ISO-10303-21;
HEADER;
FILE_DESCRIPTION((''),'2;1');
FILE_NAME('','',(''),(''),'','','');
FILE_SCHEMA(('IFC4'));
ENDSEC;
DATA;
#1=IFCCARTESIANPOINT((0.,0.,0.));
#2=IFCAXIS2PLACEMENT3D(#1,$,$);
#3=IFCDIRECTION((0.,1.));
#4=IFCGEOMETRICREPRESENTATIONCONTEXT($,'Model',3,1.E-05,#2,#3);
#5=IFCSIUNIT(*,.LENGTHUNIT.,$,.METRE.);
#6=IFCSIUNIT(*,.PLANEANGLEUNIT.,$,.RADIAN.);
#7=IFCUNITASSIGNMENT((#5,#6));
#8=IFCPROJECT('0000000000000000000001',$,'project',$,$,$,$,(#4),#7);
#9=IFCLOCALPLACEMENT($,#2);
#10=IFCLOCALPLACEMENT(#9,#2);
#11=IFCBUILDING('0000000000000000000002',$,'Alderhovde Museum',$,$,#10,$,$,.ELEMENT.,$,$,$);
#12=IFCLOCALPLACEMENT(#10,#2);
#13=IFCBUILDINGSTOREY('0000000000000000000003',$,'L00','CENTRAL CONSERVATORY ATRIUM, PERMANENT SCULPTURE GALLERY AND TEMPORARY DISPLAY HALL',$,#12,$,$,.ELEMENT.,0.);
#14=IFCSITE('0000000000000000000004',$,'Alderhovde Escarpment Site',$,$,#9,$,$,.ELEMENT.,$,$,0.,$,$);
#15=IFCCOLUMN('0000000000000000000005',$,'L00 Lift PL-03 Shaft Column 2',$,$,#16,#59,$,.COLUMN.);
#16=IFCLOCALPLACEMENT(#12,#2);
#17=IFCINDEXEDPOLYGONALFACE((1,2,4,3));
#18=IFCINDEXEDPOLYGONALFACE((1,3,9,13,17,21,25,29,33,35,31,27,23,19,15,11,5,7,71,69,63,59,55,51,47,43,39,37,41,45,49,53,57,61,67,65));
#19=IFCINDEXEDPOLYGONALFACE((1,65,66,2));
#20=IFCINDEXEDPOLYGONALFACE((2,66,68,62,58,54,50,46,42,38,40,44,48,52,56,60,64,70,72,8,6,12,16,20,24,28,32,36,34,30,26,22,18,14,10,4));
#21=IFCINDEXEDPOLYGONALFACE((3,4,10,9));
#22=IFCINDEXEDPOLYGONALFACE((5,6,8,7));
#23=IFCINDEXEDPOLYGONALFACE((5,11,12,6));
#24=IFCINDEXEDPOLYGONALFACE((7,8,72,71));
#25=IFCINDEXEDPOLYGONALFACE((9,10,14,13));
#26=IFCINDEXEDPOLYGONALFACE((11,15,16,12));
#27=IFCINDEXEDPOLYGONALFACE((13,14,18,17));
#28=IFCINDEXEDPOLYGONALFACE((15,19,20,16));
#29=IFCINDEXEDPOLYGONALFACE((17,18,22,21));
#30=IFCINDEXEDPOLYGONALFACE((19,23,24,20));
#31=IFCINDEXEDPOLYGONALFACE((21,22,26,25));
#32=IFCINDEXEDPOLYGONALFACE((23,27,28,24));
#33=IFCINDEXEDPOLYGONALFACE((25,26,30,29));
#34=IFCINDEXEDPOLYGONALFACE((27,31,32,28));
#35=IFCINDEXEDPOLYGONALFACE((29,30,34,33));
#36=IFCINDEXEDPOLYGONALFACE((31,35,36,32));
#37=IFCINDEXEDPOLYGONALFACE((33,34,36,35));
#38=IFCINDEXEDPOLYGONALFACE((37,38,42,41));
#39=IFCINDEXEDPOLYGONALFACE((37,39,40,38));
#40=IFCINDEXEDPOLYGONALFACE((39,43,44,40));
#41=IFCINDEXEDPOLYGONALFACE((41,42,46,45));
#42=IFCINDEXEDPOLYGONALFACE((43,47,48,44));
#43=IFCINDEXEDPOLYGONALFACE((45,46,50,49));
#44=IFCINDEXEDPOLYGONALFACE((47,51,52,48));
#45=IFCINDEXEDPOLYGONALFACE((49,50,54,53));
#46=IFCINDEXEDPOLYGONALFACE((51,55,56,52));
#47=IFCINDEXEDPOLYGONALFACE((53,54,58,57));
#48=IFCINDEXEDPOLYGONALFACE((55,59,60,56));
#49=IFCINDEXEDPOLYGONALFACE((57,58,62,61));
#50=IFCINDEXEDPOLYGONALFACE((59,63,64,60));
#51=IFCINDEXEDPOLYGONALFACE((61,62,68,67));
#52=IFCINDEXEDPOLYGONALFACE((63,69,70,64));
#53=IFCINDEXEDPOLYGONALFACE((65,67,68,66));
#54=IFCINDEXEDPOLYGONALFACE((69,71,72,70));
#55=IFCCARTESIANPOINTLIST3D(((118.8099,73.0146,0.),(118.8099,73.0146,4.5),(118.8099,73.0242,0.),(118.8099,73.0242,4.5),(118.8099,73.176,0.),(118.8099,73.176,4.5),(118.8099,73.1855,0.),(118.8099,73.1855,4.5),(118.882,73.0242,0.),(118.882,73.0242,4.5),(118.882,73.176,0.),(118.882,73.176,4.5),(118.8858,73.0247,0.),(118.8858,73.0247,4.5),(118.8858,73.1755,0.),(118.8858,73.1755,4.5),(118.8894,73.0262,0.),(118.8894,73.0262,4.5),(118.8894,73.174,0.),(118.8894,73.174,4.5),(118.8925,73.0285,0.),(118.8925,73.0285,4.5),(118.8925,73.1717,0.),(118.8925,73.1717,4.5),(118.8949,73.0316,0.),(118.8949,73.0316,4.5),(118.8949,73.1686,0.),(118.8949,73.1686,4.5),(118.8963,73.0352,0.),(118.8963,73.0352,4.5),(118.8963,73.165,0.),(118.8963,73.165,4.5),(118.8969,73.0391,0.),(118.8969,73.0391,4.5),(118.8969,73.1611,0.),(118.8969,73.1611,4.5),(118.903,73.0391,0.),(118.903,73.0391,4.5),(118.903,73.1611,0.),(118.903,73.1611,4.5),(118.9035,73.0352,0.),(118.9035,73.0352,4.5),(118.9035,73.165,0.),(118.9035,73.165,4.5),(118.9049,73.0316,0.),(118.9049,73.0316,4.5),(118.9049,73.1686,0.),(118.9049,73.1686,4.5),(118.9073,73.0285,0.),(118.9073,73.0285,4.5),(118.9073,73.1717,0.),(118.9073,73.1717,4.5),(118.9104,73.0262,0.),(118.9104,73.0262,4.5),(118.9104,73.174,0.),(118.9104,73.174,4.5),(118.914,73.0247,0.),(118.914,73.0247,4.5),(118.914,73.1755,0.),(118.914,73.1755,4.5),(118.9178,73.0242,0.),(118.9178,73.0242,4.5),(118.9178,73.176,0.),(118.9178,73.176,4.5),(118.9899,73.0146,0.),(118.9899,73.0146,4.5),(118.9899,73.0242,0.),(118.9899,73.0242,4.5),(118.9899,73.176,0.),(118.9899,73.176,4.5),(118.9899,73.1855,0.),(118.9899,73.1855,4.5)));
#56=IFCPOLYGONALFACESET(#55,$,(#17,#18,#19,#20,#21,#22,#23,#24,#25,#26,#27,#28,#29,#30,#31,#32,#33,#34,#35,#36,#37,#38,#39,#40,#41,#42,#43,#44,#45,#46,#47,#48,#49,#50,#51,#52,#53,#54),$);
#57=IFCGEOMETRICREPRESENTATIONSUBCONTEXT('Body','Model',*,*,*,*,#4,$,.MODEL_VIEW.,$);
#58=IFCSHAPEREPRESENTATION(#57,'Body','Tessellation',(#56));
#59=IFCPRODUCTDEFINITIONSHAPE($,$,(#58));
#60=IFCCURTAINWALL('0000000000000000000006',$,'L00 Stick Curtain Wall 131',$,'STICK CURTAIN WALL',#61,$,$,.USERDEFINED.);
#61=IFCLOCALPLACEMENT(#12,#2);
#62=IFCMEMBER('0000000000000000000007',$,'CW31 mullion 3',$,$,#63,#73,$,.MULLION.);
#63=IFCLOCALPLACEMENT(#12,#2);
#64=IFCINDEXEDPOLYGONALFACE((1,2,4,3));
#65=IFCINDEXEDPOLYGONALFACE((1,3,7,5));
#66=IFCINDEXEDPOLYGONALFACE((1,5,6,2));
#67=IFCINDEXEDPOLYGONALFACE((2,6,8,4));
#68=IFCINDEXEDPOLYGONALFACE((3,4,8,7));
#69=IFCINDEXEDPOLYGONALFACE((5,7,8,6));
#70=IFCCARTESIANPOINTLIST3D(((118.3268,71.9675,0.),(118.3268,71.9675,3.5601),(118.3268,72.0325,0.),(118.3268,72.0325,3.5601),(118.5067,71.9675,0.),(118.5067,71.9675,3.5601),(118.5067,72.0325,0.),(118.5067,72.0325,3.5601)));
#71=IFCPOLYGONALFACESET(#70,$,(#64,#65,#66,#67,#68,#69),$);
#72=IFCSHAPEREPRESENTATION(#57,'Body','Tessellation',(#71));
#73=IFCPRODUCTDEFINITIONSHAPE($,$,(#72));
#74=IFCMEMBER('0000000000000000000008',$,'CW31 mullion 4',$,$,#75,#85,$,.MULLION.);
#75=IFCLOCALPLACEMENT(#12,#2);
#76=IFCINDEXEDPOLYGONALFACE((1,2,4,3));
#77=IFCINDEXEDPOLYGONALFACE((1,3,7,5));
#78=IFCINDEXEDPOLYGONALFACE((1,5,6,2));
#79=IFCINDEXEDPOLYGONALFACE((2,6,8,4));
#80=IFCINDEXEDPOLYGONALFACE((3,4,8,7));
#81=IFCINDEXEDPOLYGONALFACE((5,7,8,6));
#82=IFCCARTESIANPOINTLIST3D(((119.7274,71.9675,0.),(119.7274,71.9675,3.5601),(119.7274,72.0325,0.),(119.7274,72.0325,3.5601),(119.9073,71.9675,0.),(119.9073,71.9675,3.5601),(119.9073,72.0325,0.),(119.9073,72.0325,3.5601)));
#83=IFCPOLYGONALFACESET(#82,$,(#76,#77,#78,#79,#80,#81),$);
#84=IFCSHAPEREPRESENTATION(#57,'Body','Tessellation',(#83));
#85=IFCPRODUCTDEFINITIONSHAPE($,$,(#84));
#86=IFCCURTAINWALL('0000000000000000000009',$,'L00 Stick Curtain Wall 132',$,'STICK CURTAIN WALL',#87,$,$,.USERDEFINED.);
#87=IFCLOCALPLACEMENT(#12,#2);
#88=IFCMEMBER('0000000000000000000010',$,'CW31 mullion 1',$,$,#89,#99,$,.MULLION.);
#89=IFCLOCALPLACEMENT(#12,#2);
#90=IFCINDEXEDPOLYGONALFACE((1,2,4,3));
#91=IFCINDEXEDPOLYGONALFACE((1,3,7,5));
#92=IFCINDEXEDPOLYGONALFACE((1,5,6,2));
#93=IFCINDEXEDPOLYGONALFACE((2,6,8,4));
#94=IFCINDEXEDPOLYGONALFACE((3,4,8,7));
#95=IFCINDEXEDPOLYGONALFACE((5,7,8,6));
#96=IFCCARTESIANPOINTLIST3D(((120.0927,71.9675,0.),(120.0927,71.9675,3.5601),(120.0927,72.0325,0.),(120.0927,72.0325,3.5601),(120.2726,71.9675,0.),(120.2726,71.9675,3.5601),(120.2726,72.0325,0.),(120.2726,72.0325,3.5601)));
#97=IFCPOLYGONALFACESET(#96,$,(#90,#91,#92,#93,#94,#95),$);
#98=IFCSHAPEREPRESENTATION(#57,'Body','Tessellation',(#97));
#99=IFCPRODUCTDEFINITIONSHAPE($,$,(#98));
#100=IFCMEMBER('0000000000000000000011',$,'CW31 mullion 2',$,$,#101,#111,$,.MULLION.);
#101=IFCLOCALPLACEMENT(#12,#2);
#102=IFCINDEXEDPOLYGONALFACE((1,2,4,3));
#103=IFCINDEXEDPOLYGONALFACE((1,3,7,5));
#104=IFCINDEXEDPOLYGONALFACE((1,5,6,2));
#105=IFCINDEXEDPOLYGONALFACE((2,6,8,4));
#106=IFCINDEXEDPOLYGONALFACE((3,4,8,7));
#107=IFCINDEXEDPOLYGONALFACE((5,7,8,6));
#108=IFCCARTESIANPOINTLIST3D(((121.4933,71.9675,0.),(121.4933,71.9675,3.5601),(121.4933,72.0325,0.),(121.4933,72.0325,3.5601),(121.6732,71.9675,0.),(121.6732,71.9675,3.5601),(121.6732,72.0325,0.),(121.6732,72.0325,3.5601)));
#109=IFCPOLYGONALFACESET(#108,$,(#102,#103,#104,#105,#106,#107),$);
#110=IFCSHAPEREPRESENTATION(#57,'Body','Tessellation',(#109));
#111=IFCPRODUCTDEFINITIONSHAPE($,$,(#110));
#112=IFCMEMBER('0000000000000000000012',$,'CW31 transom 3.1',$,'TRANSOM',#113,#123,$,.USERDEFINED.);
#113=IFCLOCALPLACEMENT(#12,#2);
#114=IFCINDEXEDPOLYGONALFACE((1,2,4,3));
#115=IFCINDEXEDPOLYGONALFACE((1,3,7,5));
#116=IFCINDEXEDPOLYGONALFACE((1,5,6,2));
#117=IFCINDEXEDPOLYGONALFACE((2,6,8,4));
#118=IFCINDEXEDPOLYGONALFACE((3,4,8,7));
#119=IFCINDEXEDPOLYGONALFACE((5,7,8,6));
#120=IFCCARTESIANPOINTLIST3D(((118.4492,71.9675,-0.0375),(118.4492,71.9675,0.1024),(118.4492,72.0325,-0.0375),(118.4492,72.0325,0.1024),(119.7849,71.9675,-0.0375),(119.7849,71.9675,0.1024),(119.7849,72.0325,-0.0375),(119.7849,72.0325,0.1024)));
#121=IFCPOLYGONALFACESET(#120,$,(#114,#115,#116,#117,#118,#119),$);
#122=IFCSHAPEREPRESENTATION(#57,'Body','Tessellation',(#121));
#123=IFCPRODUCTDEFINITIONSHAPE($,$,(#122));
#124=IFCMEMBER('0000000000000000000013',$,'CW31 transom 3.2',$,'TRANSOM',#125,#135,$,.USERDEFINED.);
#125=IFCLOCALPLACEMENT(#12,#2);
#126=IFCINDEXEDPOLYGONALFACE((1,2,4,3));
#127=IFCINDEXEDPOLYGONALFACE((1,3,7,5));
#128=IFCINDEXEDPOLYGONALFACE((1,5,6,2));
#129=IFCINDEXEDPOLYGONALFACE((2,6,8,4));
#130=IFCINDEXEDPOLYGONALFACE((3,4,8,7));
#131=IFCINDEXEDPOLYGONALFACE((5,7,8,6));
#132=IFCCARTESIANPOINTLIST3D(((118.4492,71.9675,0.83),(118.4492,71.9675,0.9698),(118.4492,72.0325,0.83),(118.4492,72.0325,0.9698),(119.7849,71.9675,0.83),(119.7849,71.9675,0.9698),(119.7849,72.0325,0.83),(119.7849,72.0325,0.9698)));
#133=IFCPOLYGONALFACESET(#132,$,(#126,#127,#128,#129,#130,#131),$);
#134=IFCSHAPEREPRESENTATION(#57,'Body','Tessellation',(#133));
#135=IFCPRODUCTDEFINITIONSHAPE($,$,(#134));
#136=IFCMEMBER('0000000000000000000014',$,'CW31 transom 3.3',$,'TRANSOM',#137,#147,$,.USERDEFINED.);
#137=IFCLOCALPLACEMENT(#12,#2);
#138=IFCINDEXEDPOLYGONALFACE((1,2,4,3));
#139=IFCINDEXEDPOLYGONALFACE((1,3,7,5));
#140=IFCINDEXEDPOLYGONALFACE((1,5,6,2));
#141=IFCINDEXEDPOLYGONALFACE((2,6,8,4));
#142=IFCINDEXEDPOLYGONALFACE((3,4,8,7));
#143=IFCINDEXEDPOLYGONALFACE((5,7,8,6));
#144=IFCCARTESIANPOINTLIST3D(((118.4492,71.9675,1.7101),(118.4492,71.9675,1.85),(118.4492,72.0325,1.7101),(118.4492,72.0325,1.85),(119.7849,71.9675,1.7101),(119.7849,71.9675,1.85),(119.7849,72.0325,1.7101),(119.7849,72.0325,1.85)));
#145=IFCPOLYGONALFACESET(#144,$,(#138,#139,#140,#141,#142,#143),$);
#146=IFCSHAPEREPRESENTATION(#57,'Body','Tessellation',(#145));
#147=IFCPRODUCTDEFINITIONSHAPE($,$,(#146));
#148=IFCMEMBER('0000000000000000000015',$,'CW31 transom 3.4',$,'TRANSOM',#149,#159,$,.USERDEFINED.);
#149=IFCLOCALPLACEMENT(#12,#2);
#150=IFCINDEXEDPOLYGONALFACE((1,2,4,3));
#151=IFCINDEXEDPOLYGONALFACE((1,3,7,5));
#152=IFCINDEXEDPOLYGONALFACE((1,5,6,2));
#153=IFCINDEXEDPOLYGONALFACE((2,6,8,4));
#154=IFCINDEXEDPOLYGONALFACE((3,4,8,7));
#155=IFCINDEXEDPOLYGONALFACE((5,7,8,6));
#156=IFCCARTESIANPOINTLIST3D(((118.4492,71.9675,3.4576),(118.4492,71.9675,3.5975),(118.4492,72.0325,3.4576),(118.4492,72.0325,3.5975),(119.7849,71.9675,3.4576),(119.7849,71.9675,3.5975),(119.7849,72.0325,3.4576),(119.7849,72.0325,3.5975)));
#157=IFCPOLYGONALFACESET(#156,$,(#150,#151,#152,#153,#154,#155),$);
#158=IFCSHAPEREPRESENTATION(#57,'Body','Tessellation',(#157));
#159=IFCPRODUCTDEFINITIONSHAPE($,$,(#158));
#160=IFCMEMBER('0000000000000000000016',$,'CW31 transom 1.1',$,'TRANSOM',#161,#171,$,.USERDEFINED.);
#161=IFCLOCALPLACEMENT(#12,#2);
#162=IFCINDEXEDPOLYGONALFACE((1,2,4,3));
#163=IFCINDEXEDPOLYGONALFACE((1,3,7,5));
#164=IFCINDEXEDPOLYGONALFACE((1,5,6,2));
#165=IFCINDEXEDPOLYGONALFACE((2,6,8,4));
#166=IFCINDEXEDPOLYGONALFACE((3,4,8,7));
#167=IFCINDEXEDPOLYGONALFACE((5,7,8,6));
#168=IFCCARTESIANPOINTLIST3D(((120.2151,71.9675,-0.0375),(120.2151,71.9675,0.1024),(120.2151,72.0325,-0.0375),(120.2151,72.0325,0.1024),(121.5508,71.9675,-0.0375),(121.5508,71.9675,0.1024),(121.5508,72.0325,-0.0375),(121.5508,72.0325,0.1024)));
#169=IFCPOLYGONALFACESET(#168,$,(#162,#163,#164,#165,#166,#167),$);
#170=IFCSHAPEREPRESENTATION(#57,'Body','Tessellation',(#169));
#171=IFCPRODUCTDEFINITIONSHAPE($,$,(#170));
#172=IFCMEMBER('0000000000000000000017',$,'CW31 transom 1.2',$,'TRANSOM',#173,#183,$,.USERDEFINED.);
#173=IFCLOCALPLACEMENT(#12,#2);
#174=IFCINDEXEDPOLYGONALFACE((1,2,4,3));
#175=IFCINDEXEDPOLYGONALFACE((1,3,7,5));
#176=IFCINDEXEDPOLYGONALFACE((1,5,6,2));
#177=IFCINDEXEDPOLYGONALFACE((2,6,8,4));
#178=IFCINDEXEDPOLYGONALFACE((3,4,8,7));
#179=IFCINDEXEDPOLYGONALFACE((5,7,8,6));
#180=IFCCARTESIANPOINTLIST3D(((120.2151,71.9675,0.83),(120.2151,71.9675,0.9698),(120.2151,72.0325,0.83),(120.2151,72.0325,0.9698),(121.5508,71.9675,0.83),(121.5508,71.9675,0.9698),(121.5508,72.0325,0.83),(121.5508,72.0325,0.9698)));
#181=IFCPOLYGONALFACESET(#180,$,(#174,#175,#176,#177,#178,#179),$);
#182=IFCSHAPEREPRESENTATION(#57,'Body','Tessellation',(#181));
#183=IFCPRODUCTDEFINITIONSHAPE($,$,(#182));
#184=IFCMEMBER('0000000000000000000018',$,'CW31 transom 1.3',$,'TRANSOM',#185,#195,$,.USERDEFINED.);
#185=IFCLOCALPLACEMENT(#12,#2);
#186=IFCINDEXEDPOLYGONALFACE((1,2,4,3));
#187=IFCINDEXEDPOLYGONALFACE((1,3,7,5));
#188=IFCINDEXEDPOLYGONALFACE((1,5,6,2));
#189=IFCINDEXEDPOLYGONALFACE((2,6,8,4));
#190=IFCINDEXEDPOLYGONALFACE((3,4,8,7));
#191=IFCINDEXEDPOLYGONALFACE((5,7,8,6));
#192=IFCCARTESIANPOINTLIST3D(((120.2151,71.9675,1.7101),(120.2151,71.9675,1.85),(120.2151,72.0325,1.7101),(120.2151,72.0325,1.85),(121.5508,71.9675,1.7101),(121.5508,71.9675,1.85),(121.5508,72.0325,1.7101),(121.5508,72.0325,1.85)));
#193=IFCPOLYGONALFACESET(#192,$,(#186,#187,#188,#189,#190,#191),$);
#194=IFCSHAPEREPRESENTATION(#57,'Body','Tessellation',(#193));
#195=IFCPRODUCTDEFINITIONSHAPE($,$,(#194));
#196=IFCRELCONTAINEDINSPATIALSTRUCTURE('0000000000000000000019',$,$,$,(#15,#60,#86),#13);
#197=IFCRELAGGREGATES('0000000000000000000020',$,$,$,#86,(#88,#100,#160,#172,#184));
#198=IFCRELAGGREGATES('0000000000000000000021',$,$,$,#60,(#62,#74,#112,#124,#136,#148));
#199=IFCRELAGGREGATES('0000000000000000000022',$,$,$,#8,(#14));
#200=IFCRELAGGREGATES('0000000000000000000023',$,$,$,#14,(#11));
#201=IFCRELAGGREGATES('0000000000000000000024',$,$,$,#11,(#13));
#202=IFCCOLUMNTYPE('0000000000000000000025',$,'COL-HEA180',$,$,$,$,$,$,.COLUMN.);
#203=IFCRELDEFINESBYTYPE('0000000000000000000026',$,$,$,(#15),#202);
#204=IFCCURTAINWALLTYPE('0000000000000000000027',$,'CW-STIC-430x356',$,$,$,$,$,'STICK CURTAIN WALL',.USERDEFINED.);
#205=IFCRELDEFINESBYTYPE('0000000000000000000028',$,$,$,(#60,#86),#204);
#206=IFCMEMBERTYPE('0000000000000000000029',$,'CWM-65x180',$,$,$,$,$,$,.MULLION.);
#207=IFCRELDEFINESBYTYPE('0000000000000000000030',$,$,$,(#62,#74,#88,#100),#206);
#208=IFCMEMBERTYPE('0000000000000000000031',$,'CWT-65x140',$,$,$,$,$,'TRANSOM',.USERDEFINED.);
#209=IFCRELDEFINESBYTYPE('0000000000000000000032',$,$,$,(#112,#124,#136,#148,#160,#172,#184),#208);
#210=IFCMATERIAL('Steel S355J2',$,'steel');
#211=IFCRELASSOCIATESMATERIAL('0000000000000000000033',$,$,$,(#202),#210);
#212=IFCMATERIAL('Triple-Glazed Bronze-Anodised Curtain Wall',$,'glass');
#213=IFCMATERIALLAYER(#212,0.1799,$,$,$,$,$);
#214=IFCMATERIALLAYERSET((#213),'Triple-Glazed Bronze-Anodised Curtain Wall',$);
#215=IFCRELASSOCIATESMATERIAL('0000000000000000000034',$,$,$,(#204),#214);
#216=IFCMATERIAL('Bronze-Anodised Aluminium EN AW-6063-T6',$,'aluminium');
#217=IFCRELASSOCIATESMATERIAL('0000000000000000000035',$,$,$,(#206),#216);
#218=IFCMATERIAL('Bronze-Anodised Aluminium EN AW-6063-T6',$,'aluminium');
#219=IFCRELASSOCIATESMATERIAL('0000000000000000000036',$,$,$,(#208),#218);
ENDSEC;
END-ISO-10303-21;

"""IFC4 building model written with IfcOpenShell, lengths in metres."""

from ifc_helpers import new_model, si_unit, direction, frame, origin, origin_2d, place, context, subcontext, project, spatial, rectangle, i_section, extrude, material, layer, layer_set, material_profile, profile_set, type_object, element, aggregate, save


model = new_model("IFC4")

# Units and contexts
model_context = context("Model", 3, precision=1e-05, world=origin(), true_north=direction((0.0, 1.0)))
body_context = subcontext(model_context, "Body", "Model", "MODEL_VIEW")
ifc_project = project(units=[si_unit("LENGTHUNIT", "METRE"), si_unit("PLANEANGLEUNIT", "RADIAN")], contexts=[model_context])

# Site, building, storey
site_placement = place(None, origin())
site = spatial("IfcSite", under=ifc_project, at=site_placement, Name="Alderhovde Escarpment Site", CompositionType="ELEMENT", RefElevation=0.0)
building_placement = place(site_placement, origin())
building = spatial("IfcBuilding", under=site, at=building_placement, Name="Alderhovde Museum", CompositionType="ELEMENT")
storey_placement = place(building_placement, origin())
storey = spatial("IfcBuildingStorey", under=building, at=storey_placement, Name="L00", Description="CENTRAL CONSERVATORY ATRIUM, PERMANENT SCULPTURE GALLERY AND TEMPORARY DISPLAY HALL", CompositionType="ELEMENT", Elevation=0.0)

# Column
ifc_material_1 = material(Name="Steel S355J2", Category="steel")
ifc_material_profile_1 = material_profile(ifc_material_1, i_section(OverallWidth=0.1799, OverallDepth=0.1709, WebThickness=0.0061, FlangeThickness=0.0095, FilletRadius=0.0149, at=origin_2d()), Name="HEA 180")
ifc_profile_set_1 = profile_set([ifc_material_profile_1], Name="Steel S355J2")
column_type = type_object("IfcColumnType", Name="COL-HEA180", PredefinedType="COLUMN", material=ifc_profile_set_1)
column_placement = place(storey_placement, frame((118.8999, 73.1001, 0.0), z_axis=(0.0, 0.0, 1.0), x_axis=(1.0, 0.0, 0.0)))
element("IfcColumn", 1, at=column_placement, inside=storey, type_object=column_type, Name="L00 Lift PL-03 Shaft Column 2", PredefinedType="COLUMN", context=body_context, shape_type="SweptSolid", body=[
    extrude(i_section(OverallWidth=0.1799, OverallDepth=0.1709, WebThickness=0.0061, FlangeThickness=0.0095, FilletRadius=0.0149, at=origin_2d()), origin(), (0.0, 0.0, 1.0), 4.5),
])

# Curtain walls, members
ifc_material_2 = material(Name="Triple-Glazed Bronze-Anodised Curtain Wall", Category="glass")
ifc_layer_1 = layer(ifc_material_2, 0.1799)
ifc_layer_set_1 = layer_set([ifc_layer_1], Name="Triple-Glazed Bronze-Anodised Curtain Wall")
curtain_wall_type = type_object("IfcCurtainWallType", Name="CW-STIC-430x356", ElementType="STICK CURTAIN WALL", PredefinedType="USERDEFINED", material=ifc_layer_set_1)
curtain_wall_1_placement = place(storey_placement, origin())
curtain_wall_1 = element("IfcCurtainWall", 2, at=curtain_wall_1_placement, inside=storey, type_object=curtain_wall_type, Name="L00 Stick Curtain Wall 131", ObjectType="STICK CURTAIN WALL", PredefinedType="USERDEFINED")
ifc_material_3 = material(Name="Bronze-Anodised Aluminium EN AW-6063-T6", Category="aluminium")
ifc_material_profile_2 = material_profile(ifc_material_3, rectangle(XDim=0.0649, YDim=0.1799, at=origin_2d()), Name="MULLION 65x180")
ifc_profile_set_2 = profile_set([ifc_material_profile_2], Name="Bronze-Anodised Aluminium EN AW-6063-T6")
member_type_1 = type_object("IfcMemberType", Name="CWM-65x180", PredefinedType="MULLION", material=ifc_profile_set_2)
member_1_placement = place(storey_placement, frame((118.4167, 72.0, 0.0), z_axis=(0.0, 0.0, 1.0), x_axis=(0.0, 1.0, 0.0)))
member_1 = element("IfcMember", 3, at=member_1_placement, type_object=member_type_1, Name="CW31 mullion 3", PredefinedType="MULLION", context=body_context, shape_type="SweptSolid", body=[
    extrude(rectangle(XDim=0.0649, YDim=0.1799, at=origin_2d()), origin(), (0.0, 0.0, 1.0), 3.5601),
])
member_2_placement = place(storey_placement, frame((119.8174, 72.0, 0.0), z_axis=(0.0, 0.0, 1.0), x_axis=(0.0, 1.0, 0.0)))
member_2 = element("IfcMember", 4, at=member_2_placement, type_object=member_type_1, Name="CW31 mullion 4", PredefinedType="MULLION", context=body_context, shape_type="SweptSolid", body=[
    extrude(rectangle(XDim=0.0649, YDim=0.1799, at=origin_2d()), origin(), (0.0, 0.0, 1.0), 3.5601),
])
curtain_wall_2_placement = place(storey_placement, origin())
curtain_wall_2 = element("IfcCurtainWall", 5, at=curtain_wall_2_placement, inside=storey, type_object=curtain_wall_type, Name="L00 Stick Curtain Wall 132", ObjectType="STICK CURTAIN WALL", PredefinedType="USERDEFINED")
member_3_placement = place(storey_placement, frame((120.1826, 72.0, 0.0), z_axis=(0.0, 0.0, 1.0), x_axis=(0.0, 1.0, 0.0)))
member_3 = element("IfcMember", 6, at=member_3_placement, type_object=member_type_1, Name="CW31 mullion 1", PredefinedType="MULLION", context=body_context, shape_type="SweptSolid", body=[
    extrude(rectangle(XDim=0.0649, YDim=0.1799, at=origin_2d()), origin(), (0.0, 0.0, 1.0), 3.5601),
])
member_4_placement = place(storey_placement, frame((121.5833, 72.0, 0.0), z_axis=(0.0, 0.0, 1.0), x_axis=(0.0, 1.0, 0.0)))
member_4 = element("IfcMember", 7, at=member_4_placement, type_object=member_type_1, Name="CW31 mullion 2", PredefinedType="MULLION", context=body_context, shape_type="SweptSolid", body=[
    extrude(rectangle(XDim=0.0649, YDim=0.1799, at=origin_2d()), origin(), (0.0, 0.0, 1.0), 3.5601),
])

# Members
ifc_material_4 = material(Name="Bronze-Anodised Aluminium EN AW-6063-T6", Category="aluminium")
ifc_material_profile_3 = material_profile(ifc_material_4, rectangle(XDim=0.0649, YDim=0.1399, at=origin_2d()), Name="TRANSOM 65x140")
ifc_profile_set_3 = profile_set([ifc_material_profile_3], Name="Bronze-Anodised Aluminium EN AW-6063-T6")
member_type_2 = type_object("IfcMemberType", Name="CWT-65x140", ElementType="TRANSOM", PredefinedType="USERDEFINED", material=ifc_profile_set_3)
member_5_placement = place(storey_placement, frame((118.4492, 72.0, 0.0325), z_axis=(1.0, 0.0, 0.0), x_axis=(0.0, 1.0, 0.0)))
member_5 = element("IfcMember", 8, at=member_5_placement, type_object=member_type_2, Name="CW31 transom 3.1", ObjectType="TRANSOM", PredefinedType="USERDEFINED", context=body_context, shape_type="SweptSolid", body=[
    extrude(rectangle(XDim=0.0649, YDim=0.1399, at=origin_2d()), origin(), (0.0, 0.0, 1.0), 1.3357),
])
member_6_placement = place(storey_placement, frame((118.4492, 72.0, 0.8999), z_axis=(1.0, 0.0, 0.0), x_axis=(0.0, 1.0, 0.0)))
member_6 = element("IfcMember", 9, at=member_6_placement, type_object=member_type_2, Name="CW31 transom 3.2", ObjectType="TRANSOM", PredefinedType="USERDEFINED", context=body_context, shape_type="SweptSolid", body=[
    extrude(rectangle(XDim=0.0649, YDim=0.1399, at=origin_2d()), origin(), (0.0, 0.0, 1.0), 1.3357),
])
member_7_placement = place(storey_placement, frame((118.4492, 72.0, 1.78), z_axis=(1.0, 0.0, 0.0), x_axis=(0.0, 1.0, 0.0)))
member_7 = element("IfcMember", 10, at=member_7_placement, type_object=member_type_2, Name="CW31 transom 3.3", ObjectType="TRANSOM", PredefinedType="USERDEFINED", context=body_context, shape_type="SweptSolid", body=[
    extrude(rectangle(XDim=0.0649, YDim=0.1399, at=origin_2d()), origin(), (0.0, 0.0, 1.0), 1.3357),
])
member_8_placement = place(storey_placement, frame((118.4492, 72.0, 3.5276), z_axis=(1.0, 0.0, 0.0), x_axis=(0.0, 1.0, 0.0)))
member_8 = element("IfcMember", 11, at=member_8_placement, type_object=member_type_2, Name="CW31 transom 3.4", ObjectType="TRANSOM", PredefinedType="USERDEFINED", context=body_context, shape_type="SweptSolid", body=[
    extrude(rectangle(XDim=0.0649, YDim=0.1399, at=origin_2d()), origin(), (0.0, 0.0, 1.0), 1.3357),
])
member_9_placement = place(storey_placement, frame((120.2151, 72.0, 0.0325), z_axis=(1.0, 0.0, 0.0), x_axis=(0.0, 1.0, 0.0)))
member_9 = element("IfcMember", 12, at=member_9_placement, type_object=member_type_2, Name="CW31 transom 1.1", ObjectType="TRANSOM", PredefinedType="USERDEFINED", context=body_context, shape_type="SweptSolid", body=[
    extrude(rectangle(XDim=0.0649, YDim=0.1399, at=origin_2d()), origin(), (0.0, 0.0, 1.0), 1.3357),
])
member_10_placement = place(storey_placement, frame((120.2151, 72.0, 0.8999), z_axis=(1.0, 0.0, 0.0), x_axis=(0.0, 1.0, 0.0)))
member_10 = element("IfcMember", 13, at=member_10_placement, type_object=member_type_2, Name="CW31 transom 1.2", ObjectType="TRANSOM", PredefinedType="USERDEFINED", context=body_context, shape_type="SweptSolid", body=[
    extrude(rectangle(XDim=0.0649, YDim=0.1399, at=origin_2d()), origin(), (0.0, 0.0, 1.0), 1.3357),
])
member_11_placement = place(storey_placement, frame((120.2151, 72.0, 1.78), z_axis=(1.0, 0.0, 0.0), x_axis=(0.0, 1.0, 0.0)))
member_11 = element("IfcMember", 14, at=member_11_placement, type_object=member_type_2, Name="CW31 transom 1.3", ObjectType="TRANSOM", PredefinedType="USERDEFINED", context=body_context, shape_type="SweptSolid", body=[
    extrude(rectangle(XDim=0.0649, YDim=0.1399, at=origin_2d()), origin(), (0.0, 0.0, 1.0), 1.3357),
])

aggregate(curtain_wall_2, [member_3, member_4, member_9, member_10, member_11])
aggregate(curtain_wall_1, [member_1, member_2, member_5, member_6, member_7, member_8])

save(model, "model.ifc")
